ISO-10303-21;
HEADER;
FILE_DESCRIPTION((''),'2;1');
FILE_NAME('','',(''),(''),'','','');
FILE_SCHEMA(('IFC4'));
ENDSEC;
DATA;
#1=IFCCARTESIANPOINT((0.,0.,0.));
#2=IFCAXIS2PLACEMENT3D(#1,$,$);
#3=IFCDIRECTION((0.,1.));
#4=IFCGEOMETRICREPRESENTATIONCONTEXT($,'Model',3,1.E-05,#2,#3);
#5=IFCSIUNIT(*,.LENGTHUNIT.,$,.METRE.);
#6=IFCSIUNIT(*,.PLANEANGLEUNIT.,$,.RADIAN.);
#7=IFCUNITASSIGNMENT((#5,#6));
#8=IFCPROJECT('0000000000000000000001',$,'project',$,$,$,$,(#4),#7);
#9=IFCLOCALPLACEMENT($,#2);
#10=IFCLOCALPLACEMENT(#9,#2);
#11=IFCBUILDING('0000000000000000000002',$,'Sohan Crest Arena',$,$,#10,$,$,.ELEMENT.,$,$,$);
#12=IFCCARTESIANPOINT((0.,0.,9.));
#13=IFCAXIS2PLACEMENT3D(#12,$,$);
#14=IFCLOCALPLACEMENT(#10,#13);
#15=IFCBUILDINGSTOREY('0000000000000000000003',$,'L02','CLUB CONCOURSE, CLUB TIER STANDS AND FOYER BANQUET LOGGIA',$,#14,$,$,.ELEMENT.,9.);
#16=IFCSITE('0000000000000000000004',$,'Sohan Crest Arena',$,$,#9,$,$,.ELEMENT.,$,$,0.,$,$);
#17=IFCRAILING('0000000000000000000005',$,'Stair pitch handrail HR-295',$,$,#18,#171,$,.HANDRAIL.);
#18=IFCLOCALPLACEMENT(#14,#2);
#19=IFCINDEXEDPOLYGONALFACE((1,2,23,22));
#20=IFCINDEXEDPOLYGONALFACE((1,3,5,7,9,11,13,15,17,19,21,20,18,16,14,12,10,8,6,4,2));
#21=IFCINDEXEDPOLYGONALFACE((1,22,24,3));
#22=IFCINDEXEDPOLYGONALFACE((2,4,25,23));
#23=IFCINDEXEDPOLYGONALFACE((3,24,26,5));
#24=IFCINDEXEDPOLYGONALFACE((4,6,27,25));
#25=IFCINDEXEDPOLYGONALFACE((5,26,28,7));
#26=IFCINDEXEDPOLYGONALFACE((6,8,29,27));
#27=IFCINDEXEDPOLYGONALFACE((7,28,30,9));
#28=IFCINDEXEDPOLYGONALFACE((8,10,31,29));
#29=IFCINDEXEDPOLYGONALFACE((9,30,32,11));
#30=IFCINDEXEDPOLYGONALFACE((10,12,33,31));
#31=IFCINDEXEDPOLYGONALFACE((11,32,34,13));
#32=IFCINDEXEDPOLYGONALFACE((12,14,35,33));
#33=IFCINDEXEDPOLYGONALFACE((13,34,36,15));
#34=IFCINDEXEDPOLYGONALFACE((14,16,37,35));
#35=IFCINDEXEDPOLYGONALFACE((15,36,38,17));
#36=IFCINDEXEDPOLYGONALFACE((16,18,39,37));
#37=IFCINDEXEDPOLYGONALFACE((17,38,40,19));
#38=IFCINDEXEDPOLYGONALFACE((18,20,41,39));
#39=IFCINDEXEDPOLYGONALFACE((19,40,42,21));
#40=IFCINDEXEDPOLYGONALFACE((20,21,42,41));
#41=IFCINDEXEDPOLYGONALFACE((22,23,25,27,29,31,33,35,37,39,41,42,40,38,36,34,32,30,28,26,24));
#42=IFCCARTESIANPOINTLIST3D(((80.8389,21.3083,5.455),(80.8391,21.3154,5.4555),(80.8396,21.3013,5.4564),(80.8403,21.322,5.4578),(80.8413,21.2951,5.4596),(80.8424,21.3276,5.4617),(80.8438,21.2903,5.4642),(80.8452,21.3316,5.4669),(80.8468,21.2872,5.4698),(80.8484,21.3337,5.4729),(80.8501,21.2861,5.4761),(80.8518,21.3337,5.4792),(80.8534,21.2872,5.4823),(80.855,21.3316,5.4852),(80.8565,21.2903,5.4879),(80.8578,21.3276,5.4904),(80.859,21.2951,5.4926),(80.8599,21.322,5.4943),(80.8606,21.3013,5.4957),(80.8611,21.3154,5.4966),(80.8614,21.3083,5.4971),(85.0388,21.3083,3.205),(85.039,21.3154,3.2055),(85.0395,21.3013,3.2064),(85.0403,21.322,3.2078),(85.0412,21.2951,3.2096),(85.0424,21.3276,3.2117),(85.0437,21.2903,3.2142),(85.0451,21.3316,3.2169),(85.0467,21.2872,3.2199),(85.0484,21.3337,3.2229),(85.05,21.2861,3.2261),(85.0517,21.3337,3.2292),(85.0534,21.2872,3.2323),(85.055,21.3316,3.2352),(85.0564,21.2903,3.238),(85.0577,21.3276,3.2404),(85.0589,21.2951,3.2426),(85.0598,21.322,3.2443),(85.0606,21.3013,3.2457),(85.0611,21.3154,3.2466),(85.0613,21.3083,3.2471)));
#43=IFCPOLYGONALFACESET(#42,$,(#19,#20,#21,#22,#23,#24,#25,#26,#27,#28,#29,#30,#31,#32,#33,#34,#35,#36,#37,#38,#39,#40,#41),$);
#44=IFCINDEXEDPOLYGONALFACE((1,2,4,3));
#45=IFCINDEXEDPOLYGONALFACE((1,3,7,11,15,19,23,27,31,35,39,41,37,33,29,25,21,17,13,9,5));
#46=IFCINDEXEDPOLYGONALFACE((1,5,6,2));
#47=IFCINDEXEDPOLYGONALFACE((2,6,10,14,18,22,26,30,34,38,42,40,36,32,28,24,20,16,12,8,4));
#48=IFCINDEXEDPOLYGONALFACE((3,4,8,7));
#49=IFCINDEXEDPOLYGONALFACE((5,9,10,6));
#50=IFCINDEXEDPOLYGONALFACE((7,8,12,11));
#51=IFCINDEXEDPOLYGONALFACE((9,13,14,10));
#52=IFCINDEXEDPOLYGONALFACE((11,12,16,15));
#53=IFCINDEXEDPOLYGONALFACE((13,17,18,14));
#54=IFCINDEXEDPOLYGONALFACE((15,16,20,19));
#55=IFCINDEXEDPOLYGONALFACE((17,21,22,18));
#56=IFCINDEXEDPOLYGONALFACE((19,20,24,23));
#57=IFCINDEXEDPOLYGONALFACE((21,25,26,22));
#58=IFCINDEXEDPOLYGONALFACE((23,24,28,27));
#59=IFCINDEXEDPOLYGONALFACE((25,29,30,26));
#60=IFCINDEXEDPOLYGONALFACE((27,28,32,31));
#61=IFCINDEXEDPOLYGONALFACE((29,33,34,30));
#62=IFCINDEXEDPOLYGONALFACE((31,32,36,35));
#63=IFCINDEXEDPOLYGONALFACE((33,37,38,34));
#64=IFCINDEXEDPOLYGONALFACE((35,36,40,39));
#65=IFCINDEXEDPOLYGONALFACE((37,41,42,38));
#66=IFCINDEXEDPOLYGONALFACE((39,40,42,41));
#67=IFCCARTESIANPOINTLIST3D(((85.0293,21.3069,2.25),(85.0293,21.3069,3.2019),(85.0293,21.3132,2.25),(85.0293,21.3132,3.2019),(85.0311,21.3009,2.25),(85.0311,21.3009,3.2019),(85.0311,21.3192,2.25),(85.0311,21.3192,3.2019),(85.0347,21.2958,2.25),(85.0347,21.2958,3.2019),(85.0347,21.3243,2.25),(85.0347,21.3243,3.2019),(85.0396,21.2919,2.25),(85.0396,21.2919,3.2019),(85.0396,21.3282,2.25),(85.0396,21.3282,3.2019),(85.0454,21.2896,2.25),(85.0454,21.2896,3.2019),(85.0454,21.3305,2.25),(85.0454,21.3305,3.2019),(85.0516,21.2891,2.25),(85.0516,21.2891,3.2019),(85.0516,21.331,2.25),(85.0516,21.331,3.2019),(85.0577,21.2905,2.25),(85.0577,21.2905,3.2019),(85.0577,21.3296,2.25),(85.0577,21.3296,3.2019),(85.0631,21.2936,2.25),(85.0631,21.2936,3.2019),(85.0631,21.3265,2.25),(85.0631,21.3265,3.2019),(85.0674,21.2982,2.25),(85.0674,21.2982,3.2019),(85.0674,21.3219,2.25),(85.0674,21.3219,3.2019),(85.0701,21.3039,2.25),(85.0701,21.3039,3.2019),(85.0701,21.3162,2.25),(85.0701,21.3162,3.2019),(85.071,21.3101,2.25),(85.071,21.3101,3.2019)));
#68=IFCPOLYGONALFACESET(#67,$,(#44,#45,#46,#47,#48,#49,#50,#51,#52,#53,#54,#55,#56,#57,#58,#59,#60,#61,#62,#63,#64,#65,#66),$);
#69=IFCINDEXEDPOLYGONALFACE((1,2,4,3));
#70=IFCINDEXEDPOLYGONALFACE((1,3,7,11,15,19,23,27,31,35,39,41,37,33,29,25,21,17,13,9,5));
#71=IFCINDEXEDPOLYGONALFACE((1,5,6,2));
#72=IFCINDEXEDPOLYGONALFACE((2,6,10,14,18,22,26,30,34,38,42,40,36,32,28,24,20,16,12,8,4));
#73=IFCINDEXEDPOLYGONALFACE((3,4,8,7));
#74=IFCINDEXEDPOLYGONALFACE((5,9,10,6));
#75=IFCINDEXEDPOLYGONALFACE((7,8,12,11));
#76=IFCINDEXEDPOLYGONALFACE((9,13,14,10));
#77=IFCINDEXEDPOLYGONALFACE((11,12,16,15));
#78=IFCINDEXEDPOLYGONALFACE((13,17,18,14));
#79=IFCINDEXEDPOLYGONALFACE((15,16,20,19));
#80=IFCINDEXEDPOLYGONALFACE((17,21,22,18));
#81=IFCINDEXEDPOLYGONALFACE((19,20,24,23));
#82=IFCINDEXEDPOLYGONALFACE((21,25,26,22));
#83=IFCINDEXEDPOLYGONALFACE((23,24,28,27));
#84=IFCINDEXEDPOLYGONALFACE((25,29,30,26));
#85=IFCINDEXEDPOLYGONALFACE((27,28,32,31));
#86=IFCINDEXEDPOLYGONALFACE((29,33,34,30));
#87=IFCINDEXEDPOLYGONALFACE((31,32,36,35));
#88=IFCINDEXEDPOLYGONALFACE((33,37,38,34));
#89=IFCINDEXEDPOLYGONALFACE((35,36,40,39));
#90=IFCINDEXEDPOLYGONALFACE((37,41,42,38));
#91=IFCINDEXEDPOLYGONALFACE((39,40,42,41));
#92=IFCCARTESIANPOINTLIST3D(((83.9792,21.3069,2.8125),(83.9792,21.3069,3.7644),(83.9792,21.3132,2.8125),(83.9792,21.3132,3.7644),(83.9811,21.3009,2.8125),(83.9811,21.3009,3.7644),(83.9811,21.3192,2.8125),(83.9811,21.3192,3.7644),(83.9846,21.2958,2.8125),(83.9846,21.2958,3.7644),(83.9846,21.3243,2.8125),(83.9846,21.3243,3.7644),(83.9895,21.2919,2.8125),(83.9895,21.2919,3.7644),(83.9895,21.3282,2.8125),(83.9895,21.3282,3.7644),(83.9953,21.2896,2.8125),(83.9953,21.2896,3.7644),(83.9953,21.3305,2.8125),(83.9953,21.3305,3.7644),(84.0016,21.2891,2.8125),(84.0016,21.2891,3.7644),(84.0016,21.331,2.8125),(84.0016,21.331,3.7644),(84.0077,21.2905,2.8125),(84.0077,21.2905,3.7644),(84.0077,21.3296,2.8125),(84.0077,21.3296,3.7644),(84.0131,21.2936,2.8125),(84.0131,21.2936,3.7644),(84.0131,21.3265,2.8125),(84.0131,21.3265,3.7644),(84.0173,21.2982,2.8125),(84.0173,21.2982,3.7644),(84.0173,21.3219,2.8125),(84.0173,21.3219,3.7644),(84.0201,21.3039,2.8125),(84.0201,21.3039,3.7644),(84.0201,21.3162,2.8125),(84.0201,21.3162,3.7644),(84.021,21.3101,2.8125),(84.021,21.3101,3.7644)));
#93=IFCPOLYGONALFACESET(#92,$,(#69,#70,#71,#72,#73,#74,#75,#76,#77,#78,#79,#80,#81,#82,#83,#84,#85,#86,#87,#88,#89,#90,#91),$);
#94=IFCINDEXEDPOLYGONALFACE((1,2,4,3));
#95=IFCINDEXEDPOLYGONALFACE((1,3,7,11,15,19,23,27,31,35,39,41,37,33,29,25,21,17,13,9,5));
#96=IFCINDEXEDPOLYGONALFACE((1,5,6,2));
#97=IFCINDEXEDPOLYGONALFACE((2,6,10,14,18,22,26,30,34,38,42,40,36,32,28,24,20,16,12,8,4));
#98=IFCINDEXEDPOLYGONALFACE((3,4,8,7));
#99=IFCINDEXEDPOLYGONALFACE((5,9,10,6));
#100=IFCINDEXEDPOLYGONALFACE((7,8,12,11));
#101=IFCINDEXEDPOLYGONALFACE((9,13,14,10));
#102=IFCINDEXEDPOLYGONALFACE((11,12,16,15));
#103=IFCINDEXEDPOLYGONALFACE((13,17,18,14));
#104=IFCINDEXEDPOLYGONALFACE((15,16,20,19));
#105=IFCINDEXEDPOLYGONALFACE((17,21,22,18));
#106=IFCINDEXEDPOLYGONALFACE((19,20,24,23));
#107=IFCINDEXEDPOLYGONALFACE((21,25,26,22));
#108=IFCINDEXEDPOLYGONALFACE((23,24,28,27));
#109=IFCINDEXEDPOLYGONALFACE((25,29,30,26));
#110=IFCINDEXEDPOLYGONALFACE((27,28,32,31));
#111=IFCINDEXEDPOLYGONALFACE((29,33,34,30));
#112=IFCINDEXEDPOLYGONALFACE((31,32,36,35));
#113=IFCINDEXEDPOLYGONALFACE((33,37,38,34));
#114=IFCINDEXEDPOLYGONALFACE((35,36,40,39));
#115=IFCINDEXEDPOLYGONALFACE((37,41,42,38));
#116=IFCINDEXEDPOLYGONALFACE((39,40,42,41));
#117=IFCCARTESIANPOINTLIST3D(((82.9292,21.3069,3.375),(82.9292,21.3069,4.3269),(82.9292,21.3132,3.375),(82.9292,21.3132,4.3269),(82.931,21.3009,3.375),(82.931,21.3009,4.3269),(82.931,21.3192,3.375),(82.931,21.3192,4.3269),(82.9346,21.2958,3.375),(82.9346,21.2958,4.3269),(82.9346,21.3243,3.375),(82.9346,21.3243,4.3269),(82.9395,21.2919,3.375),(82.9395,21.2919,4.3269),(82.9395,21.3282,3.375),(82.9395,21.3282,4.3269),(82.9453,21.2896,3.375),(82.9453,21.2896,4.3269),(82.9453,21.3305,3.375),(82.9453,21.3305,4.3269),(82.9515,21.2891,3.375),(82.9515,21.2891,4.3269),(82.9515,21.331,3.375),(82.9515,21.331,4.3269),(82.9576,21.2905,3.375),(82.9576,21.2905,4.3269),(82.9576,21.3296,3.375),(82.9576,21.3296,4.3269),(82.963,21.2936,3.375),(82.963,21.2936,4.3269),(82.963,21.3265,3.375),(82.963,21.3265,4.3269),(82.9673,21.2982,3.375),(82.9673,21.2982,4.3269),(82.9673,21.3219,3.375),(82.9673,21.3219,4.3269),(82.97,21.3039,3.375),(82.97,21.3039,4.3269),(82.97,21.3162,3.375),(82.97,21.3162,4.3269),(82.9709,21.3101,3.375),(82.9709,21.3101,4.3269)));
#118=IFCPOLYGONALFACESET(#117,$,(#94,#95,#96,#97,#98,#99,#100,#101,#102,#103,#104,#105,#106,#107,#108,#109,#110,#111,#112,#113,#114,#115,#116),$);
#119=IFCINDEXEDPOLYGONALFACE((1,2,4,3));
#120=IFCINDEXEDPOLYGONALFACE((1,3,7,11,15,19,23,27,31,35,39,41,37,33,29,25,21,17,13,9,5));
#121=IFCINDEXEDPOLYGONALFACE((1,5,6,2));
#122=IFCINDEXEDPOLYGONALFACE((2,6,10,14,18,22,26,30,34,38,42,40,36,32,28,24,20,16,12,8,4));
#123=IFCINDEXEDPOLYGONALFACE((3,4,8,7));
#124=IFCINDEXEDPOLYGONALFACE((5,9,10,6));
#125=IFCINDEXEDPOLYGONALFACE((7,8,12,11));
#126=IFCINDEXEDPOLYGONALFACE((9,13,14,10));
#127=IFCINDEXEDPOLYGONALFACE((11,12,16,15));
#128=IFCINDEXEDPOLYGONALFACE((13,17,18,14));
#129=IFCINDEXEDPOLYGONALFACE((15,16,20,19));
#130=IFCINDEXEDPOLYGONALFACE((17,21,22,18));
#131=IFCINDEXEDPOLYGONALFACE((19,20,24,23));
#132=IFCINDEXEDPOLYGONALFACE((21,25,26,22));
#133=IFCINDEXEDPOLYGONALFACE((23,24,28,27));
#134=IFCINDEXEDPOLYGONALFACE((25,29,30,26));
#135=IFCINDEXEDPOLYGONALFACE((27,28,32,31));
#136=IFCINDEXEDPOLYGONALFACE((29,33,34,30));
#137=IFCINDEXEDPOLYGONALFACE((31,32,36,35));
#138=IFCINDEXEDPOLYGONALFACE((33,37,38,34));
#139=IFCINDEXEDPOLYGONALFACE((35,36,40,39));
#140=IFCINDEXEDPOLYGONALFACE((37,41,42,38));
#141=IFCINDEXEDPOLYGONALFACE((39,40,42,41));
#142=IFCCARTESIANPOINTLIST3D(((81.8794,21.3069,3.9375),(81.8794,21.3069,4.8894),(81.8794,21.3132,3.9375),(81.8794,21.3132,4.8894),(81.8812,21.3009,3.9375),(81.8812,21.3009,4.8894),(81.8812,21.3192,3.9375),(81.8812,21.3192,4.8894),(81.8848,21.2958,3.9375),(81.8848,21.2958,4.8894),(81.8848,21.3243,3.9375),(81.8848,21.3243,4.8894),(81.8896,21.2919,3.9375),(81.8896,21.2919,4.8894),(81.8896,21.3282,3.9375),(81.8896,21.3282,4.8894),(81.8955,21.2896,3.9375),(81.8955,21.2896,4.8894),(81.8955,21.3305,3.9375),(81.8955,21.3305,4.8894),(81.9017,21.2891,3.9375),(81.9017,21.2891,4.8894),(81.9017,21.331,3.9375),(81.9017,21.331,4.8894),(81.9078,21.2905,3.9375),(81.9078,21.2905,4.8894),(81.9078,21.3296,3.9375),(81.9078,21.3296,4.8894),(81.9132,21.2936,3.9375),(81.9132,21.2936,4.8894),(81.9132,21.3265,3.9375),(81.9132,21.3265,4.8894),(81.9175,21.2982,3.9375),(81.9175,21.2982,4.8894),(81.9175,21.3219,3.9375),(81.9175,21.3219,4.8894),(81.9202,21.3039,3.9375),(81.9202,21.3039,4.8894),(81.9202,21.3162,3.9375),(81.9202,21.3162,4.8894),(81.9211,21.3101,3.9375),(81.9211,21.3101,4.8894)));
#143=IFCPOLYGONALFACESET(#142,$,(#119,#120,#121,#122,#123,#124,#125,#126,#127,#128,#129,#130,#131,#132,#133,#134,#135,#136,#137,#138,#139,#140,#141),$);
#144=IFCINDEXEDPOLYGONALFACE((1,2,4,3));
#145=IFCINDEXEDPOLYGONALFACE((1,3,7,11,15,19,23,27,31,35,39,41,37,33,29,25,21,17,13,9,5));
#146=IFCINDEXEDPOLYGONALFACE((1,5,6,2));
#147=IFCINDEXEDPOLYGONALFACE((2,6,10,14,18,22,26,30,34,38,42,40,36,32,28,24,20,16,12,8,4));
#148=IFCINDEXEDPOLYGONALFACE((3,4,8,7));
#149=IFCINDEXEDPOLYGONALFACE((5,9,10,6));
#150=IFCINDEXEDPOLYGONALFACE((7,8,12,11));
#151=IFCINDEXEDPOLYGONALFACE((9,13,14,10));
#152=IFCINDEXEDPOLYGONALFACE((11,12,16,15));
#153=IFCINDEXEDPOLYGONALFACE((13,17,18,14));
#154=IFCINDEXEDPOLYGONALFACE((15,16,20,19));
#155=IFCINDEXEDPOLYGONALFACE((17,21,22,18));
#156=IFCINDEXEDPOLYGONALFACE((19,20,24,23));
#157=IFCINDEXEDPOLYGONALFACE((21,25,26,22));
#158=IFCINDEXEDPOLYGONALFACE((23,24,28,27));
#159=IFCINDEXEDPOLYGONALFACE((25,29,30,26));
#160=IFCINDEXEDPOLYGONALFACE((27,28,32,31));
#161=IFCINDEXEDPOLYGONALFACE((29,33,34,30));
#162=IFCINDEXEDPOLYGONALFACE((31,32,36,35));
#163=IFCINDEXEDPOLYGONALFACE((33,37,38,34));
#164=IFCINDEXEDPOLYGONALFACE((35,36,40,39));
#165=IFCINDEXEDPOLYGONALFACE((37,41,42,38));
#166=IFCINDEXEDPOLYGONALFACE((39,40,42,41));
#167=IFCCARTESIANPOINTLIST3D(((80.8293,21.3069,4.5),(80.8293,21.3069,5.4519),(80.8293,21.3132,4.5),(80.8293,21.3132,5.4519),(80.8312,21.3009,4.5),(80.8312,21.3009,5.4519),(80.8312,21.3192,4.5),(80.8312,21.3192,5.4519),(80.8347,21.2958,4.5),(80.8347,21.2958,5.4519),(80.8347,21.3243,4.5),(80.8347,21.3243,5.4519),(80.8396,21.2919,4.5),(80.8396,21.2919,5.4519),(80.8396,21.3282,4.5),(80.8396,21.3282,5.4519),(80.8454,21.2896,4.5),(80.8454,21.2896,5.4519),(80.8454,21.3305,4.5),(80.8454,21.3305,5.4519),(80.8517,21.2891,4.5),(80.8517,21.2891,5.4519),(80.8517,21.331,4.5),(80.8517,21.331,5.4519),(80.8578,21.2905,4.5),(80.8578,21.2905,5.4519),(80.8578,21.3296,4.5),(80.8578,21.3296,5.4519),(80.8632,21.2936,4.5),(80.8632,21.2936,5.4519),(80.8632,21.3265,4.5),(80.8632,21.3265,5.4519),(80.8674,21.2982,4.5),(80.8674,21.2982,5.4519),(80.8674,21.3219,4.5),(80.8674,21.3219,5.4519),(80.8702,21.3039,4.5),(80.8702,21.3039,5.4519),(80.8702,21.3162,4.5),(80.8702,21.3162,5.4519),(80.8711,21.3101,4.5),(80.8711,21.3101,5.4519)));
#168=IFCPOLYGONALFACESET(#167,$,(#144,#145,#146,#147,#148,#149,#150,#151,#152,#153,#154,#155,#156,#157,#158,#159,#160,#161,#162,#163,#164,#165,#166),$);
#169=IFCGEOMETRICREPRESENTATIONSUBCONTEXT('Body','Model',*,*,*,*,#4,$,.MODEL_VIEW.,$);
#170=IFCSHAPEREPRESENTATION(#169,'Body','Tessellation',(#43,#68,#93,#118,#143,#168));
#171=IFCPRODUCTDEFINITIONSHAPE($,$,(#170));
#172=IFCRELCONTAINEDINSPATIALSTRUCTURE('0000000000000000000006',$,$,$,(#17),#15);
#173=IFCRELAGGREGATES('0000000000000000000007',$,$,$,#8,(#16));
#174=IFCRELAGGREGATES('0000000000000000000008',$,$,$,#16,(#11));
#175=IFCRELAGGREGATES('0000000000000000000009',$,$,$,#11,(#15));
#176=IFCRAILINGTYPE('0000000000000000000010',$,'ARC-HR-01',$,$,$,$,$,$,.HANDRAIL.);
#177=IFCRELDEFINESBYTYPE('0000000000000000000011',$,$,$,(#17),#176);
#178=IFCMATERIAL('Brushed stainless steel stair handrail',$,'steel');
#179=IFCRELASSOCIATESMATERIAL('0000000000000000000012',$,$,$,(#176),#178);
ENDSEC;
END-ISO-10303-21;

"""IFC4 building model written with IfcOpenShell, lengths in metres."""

from ifc_helpers import new_model, si_unit, direction, frame, origin, origin_2d, place, context, subcontext, project, spatial, circle, extrude, material, type_object, element, save


model = new_model("IFC4")

# Units and contexts
model_context = context("Model", 3, precision=1e-05, world=origin(), true_north=direction((0.0, 1.0)))
body_context = subcontext(model_context, "Body", "Model", "MODEL_VIEW")
ifc_project = project(units=[si_unit("LENGTHUNIT", "METRE"), si_unit("PLANEANGLEUNIT", "RADIAN")], contexts=[model_context])

# Site, building, storey
site_placement = place(None, origin())
site = spatial("IfcSite", under=ifc_project, at=site_placement, Name="Sohan Crest Arena", CompositionType="ELEMENT", RefElevation=0.0)
building_placement = place(site_placement, origin())
building = spatial("IfcBuilding", under=site, at=building_placement, Name="Sohan Crest Arena", CompositionType="ELEMENT")
storey_placement = place(building_placement, frame((0.0, 0.0, 9.0)))
storey = spatial("IfcBuildingStorey", under=building, at=storey_placement, Name="L02", Description="CLUB CONCOURSE, CLUB TIER STANDS AND FOYER BANQUET LOGGIA", CompositionType="ELEMENT", Elevation=9.0)

# Railing
ifc_material_1 = material(Name="Brushed stainless steel stair handrail", Category="steel")
railing_type_1 = type_object("IfcRailingType", Name="ARC-HR-01", PredefinedType="HANDRAIL", material=ifc_material_1)
railing_1_placement = place(storey_placement, frame((85.05, 21.3101, 2.25)))
element("IfcRailing", 1, at=railing_1_placement, inside=storey, type_object=railing_type_1, Name="Stair pitch handrail HR-295", PredefinedType="HANDRAIL", context=body_context, shape_type="SweptSolid", body=[
    extrude(circle(Radius=0.0239, at=origin_2d()), frame((0.0, 0.0, 0.9761), z_axis=(-0.881478, 0.0, 0.472226), x_axis=(0.0, -1.0, 0.0)), (0.0, 0.0, 1.0), 4.7646),
    extrude(circle(Radius=0.021, at=origin_2d()), origin(), (0.0, 0.0, 1.0), 0.9519),
    extrude(circle(Radius=0.021, at=origin_2d()), frame((-1.05, 0.0, 0.5625)), (0.0, 0.0, 1.0), 0.9519),
    extrude(circle(Radius=0.021, at=origin_2d()), frame((-2.1001, 0.0, 1.125)), (0.0, 0.0, 1.0), 0.9519),
    extrude(circle(Radius=0.021, at=origin_2d()), frame((-3.1499, 0.0, 1.6875)), (0.0, 0.0, 1.0), 0.9519),
    extrude(circle(Radius=0.021, at=origin_2d()), frame((-4.2, 0.0, 2.25)), (0.0, 0.0, 1.0), 0.9519),
])

save(model, "model.ifc")
